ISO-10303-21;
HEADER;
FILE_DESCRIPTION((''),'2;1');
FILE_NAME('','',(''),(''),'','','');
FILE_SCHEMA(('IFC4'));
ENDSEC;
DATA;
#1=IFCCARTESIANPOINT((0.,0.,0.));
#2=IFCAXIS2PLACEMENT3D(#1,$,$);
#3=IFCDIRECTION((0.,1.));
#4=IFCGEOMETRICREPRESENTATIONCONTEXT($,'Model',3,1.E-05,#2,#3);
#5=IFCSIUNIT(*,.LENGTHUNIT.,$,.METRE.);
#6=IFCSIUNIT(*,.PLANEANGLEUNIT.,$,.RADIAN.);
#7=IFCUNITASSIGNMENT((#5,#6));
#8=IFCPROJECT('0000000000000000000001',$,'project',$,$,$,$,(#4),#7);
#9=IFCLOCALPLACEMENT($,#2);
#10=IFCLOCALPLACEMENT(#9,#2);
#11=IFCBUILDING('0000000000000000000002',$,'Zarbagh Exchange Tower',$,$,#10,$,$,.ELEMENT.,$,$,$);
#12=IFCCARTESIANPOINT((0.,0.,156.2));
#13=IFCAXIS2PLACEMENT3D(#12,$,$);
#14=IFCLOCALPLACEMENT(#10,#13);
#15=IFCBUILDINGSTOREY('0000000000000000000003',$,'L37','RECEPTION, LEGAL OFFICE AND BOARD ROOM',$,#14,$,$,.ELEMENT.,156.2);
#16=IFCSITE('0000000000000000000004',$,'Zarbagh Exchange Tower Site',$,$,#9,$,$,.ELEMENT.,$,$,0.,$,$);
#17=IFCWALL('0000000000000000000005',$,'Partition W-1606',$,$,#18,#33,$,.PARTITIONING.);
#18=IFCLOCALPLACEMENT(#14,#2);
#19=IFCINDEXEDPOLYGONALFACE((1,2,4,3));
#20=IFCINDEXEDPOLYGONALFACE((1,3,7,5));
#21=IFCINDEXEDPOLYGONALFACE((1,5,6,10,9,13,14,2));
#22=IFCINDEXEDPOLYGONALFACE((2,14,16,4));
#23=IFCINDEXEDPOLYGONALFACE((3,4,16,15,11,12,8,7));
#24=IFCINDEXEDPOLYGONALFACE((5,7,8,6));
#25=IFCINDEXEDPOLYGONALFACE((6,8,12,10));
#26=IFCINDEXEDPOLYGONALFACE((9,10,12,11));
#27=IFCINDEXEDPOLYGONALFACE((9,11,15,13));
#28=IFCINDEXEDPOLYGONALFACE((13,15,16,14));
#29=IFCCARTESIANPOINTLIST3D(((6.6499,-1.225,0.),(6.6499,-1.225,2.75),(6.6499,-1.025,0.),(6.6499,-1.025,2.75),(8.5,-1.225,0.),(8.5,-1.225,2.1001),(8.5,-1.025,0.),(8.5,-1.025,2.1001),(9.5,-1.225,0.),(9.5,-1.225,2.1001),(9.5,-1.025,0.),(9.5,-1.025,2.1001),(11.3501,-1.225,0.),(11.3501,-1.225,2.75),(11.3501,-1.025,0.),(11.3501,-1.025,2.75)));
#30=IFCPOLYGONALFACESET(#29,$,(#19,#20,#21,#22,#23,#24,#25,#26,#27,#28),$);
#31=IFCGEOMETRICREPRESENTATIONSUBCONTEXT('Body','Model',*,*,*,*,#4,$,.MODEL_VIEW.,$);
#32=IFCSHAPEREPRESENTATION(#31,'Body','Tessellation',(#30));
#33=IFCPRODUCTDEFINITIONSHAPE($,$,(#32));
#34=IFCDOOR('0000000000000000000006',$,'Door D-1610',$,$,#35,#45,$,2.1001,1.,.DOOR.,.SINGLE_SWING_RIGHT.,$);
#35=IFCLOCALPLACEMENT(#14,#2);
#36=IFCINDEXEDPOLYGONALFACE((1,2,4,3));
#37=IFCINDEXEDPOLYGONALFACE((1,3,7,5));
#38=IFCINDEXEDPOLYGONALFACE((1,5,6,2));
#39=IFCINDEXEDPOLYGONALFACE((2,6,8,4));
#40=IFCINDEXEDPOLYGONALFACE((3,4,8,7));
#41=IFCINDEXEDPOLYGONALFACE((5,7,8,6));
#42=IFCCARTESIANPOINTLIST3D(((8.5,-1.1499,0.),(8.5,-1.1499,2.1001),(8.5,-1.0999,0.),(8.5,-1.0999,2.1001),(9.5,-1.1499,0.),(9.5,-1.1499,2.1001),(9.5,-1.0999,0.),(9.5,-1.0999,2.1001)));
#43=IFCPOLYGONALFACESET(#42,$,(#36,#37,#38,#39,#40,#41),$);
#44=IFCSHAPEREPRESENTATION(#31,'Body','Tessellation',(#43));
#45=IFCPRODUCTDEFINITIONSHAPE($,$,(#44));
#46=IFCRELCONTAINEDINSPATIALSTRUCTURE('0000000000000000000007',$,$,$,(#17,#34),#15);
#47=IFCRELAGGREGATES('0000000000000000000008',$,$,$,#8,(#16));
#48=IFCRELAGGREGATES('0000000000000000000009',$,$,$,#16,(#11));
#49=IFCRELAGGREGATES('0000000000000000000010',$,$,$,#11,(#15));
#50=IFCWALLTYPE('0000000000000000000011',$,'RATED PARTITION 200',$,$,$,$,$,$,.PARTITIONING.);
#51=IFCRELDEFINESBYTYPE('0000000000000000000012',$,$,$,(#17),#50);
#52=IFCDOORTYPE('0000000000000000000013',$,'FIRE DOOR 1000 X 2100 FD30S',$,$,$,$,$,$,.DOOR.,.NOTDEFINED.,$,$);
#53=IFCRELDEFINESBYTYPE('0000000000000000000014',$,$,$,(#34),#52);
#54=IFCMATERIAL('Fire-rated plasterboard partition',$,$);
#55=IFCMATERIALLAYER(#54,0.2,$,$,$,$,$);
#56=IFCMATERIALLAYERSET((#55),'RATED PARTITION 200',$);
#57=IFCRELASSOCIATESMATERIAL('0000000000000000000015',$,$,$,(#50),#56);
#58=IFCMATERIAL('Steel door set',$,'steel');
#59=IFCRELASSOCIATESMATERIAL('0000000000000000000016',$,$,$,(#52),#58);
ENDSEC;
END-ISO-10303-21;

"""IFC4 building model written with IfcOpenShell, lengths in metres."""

from ifc_helpers import new_model, si_unit, direction, frame, frame_2d, origin, place, context, subcontext, project, spatial, rectangle, extrude, material, layer, layer_set, type_object, element, fill, save


model = new_model("IFC4")

# Units and contexts
model_context = context("Model", 3, precision=1e-05, world=origin(), true_north=direction((0.0, 1.0)))
body_context = subcontext(model_context, "Body", "Model", "MODEL_VIEW")
ifc_project = project(units=[si_unit("LENGTHUNIT", "METRE"), si_unit("PLANEANGLEUNIT", "RADIAN")], contexts=[model_context])

# Site, building, storey
site_placement = place(None, origin())
site = spatial("IfcSite", under=ifc_project, at=site_placement, Name="Zarbagh Exchange Tower Site", CompositionType="ELEMENT", RefElevation=0.0)
building_placement = place(site_placement, origin())
building = spatial("IfcBuilding", under=site, at=building_placement, Name="Zarbagh Exchange Tower", CompositionType="ELEMENT")
storey_placement = place(building_placement, frame((0.0, 0.0, 156.2)))
storey = spatial("IfcBuildingStorey", under=building, at=storey_placement, Name="L37", Description="RECEPTION, LEGAL OFFICE AND BOARD ROOM", CompositionType="ELEMENT", Elevation=156.2)

# Wall, opening, door
ifc_material_1 = material(Name="Fire-rated plasterboard partition")
ifc_layer_1 = layer(ifc_material_1, 0.2)
ifc_layer_set_1 = layer_set([ifc_layer_1], Name="RATED PARTITION 200")
wall_type = type_object("IfcWallType", Name="RATED PARTITION 200", PredefinedType="PARTITIONING", material=ifc_layer_set_1)
ifc_material_2 = material(Name="Steel door set", Category="steel")
door_type = type_object("IfcDoorType", Name="FIRE DOOR 1000 X 2100 FD30S", OperationType="NOTDEFINED", PredefinedType="DOOR", material=ifc_material_2)
wall_1_placement = place(storey_placement, frame((11.3501, -1.125, 0.0), z_axis=(0.0, 0.0, 1.0), x_axis=(-1.0, 0.0, 0.0)))
wall_1 = element("IfcWall", 1, at=wall_1_placement, inside=storey, type_object=wall_type, Name="Partition W-1606", PredefinedType="PARTITIONING", context=body_context, shape_type="SweptSolid", body=[
    extrude(rectangle(XDim=4.7002, YDim=0.2, at=frame_2d((2.3501, 0.0))), origin(), (0.0, 0.0, 1.0), 2.75),
])
opening_1_placement = place(wall_1_placement, frame((1.8501, 0.0, 0.0)))
opening_1 = element("IfcOpeningElement", 2, at=opening_1_placement, cuts=wall_1, PredefinedType="OPENING", context=body_context, shape_type="SweptSolid", body=[
    extrude(rectangle(XDim=1.0, YDim=2.1001, at=frame_2d((0.5, 1.05))), frame((0.0, 0.1099, 0.0), z_axis=(0.0, -1.0, 0.0), x_axis=(1.0, 0.0, 0.0)), (0.0, 0.0, 1.0), 0.22),
])
door_1_placement = place(opening_1_placement, origin())
door_1 = element("IfcDoor", 3, at=door_1_placement, inside=storey, type_object=door_type, Name="Door D-1610", OperationType="SINGLE_SWING_RIGHT", OverallHeight=2.1001, OverallWidth=1.0, PredefinedType="DOOR", context=body_context, shape_type="SweptSolid", body=[
    extrude(rectangle(XDim=1.0, YDim=2.1001, at=frame_2d((0.5, 1.05))), frame((0.0, 0.0249, 0.0), z_axis=(0.0, -1.0, 0.0), x_axis=(1.0, 0.0, 0.0)), (0.0, 0.0, 1.0), 0.05),
])
fill(opening_1, door_1)

save(model, "model.ifc")
